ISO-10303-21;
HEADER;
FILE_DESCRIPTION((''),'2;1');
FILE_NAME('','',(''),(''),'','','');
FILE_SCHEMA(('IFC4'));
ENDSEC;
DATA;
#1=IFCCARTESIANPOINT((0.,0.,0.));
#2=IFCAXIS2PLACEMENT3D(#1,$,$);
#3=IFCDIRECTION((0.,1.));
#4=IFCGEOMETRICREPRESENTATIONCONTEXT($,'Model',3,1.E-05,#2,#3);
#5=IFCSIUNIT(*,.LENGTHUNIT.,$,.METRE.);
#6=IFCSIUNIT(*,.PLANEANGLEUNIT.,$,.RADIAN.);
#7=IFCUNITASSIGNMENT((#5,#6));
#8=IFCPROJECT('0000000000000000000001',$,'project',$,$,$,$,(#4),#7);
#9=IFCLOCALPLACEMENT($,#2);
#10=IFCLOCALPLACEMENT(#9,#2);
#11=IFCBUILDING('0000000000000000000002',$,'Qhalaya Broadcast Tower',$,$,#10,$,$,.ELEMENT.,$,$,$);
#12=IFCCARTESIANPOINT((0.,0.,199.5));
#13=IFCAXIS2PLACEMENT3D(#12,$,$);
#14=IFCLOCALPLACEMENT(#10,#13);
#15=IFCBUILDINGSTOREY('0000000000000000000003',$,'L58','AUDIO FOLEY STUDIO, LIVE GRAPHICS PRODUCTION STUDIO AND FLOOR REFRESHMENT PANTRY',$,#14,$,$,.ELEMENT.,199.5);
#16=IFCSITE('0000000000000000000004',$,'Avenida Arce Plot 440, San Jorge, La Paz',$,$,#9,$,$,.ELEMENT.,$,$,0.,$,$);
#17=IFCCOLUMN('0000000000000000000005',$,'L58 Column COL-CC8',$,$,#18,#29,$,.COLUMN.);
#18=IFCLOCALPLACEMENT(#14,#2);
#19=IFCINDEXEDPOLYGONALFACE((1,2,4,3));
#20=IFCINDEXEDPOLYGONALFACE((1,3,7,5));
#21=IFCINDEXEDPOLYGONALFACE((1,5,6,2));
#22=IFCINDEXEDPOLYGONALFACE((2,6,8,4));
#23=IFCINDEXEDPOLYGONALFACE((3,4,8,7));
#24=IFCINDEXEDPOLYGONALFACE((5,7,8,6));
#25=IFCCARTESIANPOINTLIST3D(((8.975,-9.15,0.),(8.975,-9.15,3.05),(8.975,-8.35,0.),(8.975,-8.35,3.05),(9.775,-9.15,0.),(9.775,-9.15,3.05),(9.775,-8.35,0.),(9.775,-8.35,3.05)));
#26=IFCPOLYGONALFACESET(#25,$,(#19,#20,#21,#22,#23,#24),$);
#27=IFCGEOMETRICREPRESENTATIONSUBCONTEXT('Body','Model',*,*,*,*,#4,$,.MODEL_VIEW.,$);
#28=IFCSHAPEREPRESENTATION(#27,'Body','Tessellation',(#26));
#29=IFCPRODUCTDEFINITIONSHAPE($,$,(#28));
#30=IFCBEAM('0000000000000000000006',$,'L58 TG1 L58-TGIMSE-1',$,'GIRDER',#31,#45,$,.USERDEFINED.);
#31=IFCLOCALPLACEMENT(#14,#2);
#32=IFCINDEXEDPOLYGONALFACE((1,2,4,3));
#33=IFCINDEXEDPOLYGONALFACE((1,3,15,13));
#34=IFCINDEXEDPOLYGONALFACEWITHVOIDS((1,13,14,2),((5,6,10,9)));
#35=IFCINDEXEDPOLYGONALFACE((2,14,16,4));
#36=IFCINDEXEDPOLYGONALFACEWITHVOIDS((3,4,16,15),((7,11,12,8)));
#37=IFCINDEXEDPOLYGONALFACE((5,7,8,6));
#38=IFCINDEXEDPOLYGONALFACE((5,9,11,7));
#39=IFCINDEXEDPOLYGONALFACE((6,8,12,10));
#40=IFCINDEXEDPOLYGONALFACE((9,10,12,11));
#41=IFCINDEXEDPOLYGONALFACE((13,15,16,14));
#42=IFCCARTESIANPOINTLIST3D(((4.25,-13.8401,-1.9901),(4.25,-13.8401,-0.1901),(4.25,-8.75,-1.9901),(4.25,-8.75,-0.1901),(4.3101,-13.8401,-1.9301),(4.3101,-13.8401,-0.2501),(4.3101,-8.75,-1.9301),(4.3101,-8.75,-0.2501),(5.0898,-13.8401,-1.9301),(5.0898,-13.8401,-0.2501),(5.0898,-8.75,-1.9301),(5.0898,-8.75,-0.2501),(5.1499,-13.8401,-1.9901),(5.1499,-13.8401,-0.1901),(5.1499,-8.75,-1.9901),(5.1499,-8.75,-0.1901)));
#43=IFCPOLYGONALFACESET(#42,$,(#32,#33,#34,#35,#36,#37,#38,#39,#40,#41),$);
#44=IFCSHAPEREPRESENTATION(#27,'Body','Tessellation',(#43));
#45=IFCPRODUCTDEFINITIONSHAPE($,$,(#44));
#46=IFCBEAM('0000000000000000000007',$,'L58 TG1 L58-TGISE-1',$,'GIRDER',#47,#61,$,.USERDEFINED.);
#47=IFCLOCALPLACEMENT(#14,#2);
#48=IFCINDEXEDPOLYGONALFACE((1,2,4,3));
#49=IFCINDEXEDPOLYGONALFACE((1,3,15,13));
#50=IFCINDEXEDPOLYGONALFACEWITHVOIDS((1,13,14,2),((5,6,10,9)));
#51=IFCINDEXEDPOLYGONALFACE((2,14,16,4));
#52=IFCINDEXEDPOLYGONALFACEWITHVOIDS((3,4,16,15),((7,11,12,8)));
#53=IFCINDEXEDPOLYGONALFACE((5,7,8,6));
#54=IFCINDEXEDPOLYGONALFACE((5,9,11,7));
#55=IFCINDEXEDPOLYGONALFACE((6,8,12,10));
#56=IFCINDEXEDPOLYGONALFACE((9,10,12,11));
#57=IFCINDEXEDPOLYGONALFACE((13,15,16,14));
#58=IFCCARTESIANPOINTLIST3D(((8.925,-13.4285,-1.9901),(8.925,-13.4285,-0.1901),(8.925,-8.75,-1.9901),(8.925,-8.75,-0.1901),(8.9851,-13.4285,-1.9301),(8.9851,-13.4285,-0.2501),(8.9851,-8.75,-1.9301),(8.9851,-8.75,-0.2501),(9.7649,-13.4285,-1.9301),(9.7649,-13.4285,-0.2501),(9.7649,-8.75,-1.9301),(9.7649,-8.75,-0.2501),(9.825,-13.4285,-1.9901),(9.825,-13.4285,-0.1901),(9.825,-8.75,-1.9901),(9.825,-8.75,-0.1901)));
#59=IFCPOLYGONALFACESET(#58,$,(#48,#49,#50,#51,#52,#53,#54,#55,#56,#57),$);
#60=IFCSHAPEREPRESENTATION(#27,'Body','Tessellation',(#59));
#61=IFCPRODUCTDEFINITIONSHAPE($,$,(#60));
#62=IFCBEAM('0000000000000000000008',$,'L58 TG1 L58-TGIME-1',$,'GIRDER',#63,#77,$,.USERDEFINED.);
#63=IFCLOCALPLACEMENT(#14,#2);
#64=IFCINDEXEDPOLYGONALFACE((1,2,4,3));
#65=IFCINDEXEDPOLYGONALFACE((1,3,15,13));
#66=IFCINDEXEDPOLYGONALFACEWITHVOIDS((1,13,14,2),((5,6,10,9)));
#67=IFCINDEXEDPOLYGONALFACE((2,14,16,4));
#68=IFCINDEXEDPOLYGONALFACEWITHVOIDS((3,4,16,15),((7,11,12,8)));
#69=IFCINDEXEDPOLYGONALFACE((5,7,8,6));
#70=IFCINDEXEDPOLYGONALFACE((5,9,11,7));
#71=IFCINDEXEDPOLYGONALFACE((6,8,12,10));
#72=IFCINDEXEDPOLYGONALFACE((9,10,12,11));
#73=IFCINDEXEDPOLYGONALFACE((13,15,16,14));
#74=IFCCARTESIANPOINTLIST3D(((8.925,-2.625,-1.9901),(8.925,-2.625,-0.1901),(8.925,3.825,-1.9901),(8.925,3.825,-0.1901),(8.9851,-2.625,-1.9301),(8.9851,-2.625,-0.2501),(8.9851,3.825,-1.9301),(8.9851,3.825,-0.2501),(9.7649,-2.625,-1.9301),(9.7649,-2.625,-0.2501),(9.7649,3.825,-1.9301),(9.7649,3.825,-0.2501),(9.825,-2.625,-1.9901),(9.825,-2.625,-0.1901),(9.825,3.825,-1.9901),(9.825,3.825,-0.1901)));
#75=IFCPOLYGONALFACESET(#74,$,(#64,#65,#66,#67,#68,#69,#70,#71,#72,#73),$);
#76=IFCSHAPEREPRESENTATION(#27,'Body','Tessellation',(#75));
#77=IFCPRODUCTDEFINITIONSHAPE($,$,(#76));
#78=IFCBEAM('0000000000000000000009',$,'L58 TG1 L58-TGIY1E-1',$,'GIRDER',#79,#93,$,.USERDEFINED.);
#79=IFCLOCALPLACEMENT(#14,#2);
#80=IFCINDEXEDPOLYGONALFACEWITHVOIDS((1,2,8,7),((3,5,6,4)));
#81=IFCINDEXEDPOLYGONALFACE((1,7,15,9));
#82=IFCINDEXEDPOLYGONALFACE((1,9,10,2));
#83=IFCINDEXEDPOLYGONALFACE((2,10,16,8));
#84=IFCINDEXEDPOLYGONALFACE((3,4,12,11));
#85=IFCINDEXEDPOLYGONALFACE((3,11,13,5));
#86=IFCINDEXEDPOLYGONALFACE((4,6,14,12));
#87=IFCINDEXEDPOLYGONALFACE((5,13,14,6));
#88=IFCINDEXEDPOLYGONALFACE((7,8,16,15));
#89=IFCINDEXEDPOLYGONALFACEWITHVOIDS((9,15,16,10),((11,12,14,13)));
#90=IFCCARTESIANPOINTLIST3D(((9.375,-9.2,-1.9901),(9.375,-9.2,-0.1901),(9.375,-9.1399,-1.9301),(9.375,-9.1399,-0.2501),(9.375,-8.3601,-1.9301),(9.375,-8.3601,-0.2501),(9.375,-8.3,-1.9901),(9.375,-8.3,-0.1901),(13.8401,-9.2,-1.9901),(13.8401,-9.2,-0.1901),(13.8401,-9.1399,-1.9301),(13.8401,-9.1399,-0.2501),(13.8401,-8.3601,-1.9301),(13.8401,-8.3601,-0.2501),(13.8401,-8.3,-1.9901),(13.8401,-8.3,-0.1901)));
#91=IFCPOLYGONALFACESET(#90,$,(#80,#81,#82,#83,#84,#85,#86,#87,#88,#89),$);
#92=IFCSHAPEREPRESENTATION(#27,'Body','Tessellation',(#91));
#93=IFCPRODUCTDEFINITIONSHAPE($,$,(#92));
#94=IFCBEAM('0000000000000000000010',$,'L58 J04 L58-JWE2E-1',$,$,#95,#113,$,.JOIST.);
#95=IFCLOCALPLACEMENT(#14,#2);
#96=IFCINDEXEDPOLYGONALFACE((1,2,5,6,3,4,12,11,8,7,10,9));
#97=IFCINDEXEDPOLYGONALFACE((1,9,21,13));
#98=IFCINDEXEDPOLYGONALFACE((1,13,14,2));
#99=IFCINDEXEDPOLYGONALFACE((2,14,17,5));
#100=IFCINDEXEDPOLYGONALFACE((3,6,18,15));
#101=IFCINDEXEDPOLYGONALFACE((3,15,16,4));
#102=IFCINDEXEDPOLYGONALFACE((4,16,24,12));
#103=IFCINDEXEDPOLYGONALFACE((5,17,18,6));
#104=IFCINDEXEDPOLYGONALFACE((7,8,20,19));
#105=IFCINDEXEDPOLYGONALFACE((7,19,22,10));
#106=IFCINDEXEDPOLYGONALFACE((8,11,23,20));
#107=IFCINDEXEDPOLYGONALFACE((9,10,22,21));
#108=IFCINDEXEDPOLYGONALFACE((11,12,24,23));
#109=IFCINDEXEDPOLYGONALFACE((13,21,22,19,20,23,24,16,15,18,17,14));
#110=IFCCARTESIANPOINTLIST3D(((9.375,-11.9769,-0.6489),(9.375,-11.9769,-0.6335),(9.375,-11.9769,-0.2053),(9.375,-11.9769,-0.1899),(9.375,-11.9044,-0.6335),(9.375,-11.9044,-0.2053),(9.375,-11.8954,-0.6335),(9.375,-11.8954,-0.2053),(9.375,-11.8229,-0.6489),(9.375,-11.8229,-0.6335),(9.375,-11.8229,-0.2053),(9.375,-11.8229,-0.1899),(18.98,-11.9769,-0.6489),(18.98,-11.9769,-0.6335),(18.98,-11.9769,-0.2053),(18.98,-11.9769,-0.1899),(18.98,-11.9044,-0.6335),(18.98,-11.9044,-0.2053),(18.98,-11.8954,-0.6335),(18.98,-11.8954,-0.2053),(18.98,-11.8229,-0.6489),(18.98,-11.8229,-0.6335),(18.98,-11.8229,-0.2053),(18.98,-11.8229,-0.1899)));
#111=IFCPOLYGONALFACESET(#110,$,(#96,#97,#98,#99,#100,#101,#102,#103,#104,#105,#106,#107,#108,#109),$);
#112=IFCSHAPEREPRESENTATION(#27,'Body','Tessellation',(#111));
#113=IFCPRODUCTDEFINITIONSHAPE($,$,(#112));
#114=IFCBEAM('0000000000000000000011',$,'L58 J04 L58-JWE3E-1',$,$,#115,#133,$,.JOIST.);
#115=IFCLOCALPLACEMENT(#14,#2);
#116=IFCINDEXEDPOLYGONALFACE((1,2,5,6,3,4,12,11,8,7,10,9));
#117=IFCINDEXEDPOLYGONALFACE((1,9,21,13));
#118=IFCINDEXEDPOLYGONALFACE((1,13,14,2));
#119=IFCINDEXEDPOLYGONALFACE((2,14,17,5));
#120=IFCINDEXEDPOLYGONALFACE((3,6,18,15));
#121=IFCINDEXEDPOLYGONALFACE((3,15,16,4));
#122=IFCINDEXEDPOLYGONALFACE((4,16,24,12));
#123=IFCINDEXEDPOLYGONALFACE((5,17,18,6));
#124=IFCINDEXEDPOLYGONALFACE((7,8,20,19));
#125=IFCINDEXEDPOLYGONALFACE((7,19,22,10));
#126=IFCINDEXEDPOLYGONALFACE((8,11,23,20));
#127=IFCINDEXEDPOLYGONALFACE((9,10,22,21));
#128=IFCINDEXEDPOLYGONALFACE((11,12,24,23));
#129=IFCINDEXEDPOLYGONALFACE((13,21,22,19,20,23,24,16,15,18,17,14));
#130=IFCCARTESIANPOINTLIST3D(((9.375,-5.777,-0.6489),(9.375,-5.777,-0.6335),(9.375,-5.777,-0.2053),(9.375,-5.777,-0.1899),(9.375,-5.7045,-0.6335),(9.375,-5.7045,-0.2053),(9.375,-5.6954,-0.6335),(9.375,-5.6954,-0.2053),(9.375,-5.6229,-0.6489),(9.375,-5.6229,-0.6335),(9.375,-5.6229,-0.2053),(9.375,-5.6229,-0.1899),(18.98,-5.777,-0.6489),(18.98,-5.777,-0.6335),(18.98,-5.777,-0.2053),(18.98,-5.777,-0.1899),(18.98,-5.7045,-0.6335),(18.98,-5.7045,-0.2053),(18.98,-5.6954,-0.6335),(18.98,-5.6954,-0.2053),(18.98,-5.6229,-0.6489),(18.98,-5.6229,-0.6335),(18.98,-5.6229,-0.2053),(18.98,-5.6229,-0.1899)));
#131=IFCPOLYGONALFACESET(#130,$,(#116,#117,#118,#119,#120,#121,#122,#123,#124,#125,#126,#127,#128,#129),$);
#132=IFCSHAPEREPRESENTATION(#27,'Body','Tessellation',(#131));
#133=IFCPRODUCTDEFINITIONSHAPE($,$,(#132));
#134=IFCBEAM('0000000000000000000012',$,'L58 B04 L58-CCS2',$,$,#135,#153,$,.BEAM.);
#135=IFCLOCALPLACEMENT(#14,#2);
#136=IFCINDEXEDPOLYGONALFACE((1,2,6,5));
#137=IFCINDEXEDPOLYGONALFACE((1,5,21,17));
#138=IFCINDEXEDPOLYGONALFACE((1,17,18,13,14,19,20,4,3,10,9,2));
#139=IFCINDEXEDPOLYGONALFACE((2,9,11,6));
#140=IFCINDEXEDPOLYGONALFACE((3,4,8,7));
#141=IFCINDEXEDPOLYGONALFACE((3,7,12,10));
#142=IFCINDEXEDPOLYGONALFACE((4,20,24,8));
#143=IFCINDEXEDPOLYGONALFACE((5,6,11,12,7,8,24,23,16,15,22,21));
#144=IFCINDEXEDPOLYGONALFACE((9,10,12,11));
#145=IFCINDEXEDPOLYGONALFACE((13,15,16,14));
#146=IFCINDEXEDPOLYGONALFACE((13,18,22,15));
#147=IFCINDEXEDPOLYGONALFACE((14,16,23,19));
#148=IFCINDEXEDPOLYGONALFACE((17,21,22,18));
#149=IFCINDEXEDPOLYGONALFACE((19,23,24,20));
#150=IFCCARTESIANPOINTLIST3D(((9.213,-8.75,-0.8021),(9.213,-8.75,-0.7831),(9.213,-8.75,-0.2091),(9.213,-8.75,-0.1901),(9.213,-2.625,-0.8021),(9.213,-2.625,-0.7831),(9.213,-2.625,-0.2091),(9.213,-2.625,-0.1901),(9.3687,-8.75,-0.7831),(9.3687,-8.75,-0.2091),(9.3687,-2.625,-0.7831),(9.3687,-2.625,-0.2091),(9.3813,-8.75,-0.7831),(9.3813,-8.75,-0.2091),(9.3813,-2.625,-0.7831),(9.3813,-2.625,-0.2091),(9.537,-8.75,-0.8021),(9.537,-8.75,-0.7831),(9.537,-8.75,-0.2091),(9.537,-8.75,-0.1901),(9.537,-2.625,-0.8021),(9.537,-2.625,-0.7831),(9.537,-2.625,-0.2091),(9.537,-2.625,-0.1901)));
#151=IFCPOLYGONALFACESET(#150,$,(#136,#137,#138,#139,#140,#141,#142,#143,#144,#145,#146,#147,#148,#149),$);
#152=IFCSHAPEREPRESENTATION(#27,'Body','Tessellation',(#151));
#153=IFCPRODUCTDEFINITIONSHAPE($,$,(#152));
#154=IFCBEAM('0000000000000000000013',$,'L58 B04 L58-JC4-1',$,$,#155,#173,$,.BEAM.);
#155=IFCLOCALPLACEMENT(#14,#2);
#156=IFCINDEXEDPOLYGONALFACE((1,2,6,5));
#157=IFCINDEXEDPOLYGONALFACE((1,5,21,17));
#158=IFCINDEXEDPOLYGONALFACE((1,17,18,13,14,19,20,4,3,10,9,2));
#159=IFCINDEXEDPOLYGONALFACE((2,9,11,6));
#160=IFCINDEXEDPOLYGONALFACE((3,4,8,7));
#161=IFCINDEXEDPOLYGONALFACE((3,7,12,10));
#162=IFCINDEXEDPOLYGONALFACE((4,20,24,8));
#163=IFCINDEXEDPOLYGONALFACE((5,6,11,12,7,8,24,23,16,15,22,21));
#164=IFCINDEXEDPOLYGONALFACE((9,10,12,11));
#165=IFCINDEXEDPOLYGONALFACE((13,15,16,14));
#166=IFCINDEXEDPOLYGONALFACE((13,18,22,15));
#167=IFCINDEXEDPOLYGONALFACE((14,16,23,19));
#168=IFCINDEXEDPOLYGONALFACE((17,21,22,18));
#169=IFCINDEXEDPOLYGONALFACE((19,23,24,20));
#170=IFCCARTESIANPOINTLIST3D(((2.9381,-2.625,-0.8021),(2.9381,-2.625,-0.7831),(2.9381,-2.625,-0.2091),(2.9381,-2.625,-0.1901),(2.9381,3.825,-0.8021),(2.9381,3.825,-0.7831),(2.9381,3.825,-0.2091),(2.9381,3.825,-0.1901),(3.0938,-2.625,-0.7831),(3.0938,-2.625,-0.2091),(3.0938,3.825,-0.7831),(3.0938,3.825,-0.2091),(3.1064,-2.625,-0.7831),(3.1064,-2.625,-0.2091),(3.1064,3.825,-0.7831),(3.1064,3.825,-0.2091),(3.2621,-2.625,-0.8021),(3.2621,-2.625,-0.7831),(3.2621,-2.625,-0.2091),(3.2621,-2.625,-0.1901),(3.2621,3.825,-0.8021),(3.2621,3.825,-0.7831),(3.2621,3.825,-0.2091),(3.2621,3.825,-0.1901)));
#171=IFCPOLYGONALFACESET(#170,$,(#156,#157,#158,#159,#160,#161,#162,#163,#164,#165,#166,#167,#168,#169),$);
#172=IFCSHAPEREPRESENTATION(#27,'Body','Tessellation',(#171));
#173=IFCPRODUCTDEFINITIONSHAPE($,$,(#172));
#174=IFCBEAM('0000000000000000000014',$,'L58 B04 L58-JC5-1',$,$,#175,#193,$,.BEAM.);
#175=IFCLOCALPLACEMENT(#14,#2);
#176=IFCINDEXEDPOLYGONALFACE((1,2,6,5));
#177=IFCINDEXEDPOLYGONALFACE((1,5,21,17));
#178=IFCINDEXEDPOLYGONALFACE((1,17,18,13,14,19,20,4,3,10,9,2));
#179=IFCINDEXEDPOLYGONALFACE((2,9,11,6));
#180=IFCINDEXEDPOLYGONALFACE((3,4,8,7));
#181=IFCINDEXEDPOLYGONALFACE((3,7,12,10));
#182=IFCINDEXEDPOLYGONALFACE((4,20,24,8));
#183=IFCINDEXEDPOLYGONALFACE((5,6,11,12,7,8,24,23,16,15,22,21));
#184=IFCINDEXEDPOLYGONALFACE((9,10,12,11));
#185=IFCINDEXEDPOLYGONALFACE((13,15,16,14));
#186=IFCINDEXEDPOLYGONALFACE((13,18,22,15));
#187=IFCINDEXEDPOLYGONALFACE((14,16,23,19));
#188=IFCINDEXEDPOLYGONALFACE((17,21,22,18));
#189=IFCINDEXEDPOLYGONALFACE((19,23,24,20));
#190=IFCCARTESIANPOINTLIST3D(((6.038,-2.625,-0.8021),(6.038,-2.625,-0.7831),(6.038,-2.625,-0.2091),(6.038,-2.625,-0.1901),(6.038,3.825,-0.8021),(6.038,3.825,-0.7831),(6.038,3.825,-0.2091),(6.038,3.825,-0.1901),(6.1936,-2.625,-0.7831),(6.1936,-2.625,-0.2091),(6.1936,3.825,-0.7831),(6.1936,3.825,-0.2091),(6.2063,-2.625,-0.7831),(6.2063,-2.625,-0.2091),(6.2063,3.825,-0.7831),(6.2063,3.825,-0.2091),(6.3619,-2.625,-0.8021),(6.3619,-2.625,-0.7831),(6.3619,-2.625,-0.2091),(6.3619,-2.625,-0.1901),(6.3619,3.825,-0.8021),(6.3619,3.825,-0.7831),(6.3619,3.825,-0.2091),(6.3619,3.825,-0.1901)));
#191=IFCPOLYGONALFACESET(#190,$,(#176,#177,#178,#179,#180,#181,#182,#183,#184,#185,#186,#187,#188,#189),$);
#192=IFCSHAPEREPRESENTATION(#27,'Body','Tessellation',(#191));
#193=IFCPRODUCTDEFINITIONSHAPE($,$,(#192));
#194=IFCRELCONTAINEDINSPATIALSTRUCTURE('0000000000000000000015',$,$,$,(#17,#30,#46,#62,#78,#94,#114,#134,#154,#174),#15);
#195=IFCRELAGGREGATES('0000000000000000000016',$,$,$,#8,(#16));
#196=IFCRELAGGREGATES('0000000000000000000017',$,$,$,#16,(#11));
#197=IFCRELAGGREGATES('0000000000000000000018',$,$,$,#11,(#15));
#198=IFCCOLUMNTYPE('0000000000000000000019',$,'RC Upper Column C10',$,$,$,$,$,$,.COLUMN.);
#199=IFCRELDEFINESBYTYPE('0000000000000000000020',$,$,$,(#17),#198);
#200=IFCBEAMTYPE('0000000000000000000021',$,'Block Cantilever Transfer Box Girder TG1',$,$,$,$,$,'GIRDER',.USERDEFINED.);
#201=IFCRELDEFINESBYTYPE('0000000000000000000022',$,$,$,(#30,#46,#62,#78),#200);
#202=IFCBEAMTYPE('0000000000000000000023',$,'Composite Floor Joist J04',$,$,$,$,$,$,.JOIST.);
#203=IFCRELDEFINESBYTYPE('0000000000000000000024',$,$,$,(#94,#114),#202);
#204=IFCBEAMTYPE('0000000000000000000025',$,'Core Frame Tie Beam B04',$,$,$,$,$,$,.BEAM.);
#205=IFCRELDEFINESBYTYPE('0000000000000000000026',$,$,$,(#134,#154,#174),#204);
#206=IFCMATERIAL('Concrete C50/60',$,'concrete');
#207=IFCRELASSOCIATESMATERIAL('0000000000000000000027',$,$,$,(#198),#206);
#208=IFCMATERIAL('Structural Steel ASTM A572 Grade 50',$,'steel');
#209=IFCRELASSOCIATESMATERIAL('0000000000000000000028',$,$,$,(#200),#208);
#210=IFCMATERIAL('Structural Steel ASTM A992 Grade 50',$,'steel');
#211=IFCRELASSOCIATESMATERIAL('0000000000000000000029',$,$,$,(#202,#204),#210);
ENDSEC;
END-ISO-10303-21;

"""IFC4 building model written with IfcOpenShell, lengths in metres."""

from ifc_helpers import new_model, si_unit, direction, frame, origin, origin_2d, place, context, subcontext, project, spatial, rectangle, hollow_rectangle, i_section, extrude, material, material_profile, profile_set, type_object, element, save


model = new_model("IFC4")

# Units and contexts
model_context = context("Model", 3, precision=1e-05, world=origin(), true_north=direction((0.0, 1.0)))
body_context = subcontext(model_context, "Body", "Model", "MODEL_VIEW")
ifc_project = project(units=[si_unit("LENGTHUNIT", "METRE"), si_unit("PLANEANGLEUNIT", "RADIAN")], contexts=[model_context])

# Site, building, storey
site_placement = place(None, origin())
site = spatial("IfcSite", under=ifc_project, at=site_placement, Name="Avenida Arce Plot 440, San Jorge, La Paz", CompositionType="ELEMENT", RefElevation=0.0)
building_placement = place(site_placement, origin())
building = spatial("IfcBuilding", under=site, at=building_placement, Name="Qhalaya Broadcast Tower", CompositionType="ELEMENT")
storey_placement = place(building_placement, frame((0.0, 0.0, 199.5)))
storey = spatial("IfcBuildingStorey", under=building, at=storey_placement, Name="L58", Description="AUDIO FOLEY STUDIO, LIVE GRAPHICS PRODUCTION STUDIO AND FLOOR REFRESHMENT PANTRY", CompositionType="ELEMENT", Elevation=199.5)

# Column
ifc_material_1 = material(Name="Concrete C50/60", Category="concrete")
ifc_material_profile_1 = material_profile(ifc_material_1, rectangle(XDim=0.8, YDim=0.8, at=origin_2d()), Name="RC-COL 800x800")
ifc_profile_set_1 = profile_set([ifc_material_profile_1], Name="Concrete C50/60")
column_type = type_object("IfcColumnType", Name="RC Upper Column C10", PredefinedType="COLUMN", material=ifc_profile_set_1)
column_placement = place(storey_placement, frame((9.375, -8.75, 0.0), z_axis=(0.0, 0.0, 1.0), x_axis=(1.0, 0.0, 0.0)))
element("IfcColumn", 1, at=column_placement, inside=storey, type_object=column_type, Name="L58 Column COL-CC8", PredefinedType="COLUMN", context=body_context, shape_type="SweptSolid", body=[
    extrude(rectangle(XDim=0.8, YDim=0.8, at=origin_2d()), origin(), (0.0, 0.0, 1.0), 3.05),
])

# Beams
ifc_material_2 = material(Name="Structural Steel ASTM A572 Grade 50", Category="steel")
ifc_material_profile_2 = material_profile(ifc_material_2, hollow_rectangle(XDim=0.8999, YDim=1.8, WallThickness=0.0601, at=origin_2d()), Name="BOX 900x1800x60")
ifc_profile_set_2 = profile_set([ifc_material_profile_2], Name="Structural Steel ASTM A572 Grade 50")
beam_type_1 = type_object("IfcBeamType", Name="Block Cantilever Transfer Box Girder TG1", ElementType="GIRDER", PredefinedType="USERDEFINED", material=ifc_profile_set_2)
beam_1_placement = place(storey_placement, frame((4.7, -13.8401, -1.0901), z_axis=(0.0, 1.0, 0.0), x_axis=(-1.0, 0.0, 0.0)))
element("IfcBeam", 2, at=beam_1_placement, inside=storey, type_object=beam_type_1, Name="L58 TG1 L58-TGIMSE-1", ObjectType="GIRDER", PredefinedType="USERDEFINED", context=body_context, shape_type="SweptSolid", body=[
    extrude(hollow_rectangle(XDim=0.8999, YDim=1.8, WallThickness=0.0601, at=origin_2d()), origin(), (0.0, 0.0, 1.0), 5.0901),
])
beam_2_placement = place(storey_placement, frame((9.375, -13.4285, -1.0901), z_axis=(0.0, 1.0, 0.0), x_axis=(-1.0, 0.0, 0.0)))
element("IfcBeam", 3, at=beam_2_placement, inside=storey, type_object=beam_type_1, Name="L58 TG1 L58-TGISE-1", ObjectType="GIRDER", PredefinedType="USERDEFINED", context=body_context, shape_type="SweptSolid", body=[
    extrude(hollow_rectangle(XDim=0.8999, YDim=1.8, WallThickness=0.0601, at=origin_2d()), origin(), (0.0, 0.0, 1.0), 4.6785),
])
beam_3_placement = place(storey_placement, frame((9.375, -2.625, -1.0901), z_axis=(0.0, 1.0, 0.0), x_axis=(-1.0, 0.0, 0.0)))
element("IfcBeam", 4, at=beam_3_placement, inside=storey, type_object=beam_type_1, Name="L58 TG1 L58-TGIME-1", ObjectType="GIRDER", PredefinedType="USERDEFINED", context=body_context, shape_type="SweptSolid", body=[
    extrude(hollow_rectangle(XDim=0.8999, YDim=1.8, WallThickness=0.0601, at=origin_2d()), origin(), (0.0, 0.0, 1.0), 6.45),
])
beam_4_placement = place(storey_placement, frame((9.375, -8.75, -1.0901), z_axis=(1.0, 0.0, 0.0), x_axis=(0.0, 1.0, 0.0)))
element("IfcBeam", 5, at=beam_4_placement, inside=storey, type_object=beam_type_1, Name="L58 TG1 L58-TGIY1E-1", ObjectType="GIRDER", PredefinedType="USERDEFINED", context=body_context, shape_type="SweptSolid", body=[
    extrude(hollow_rectangle(XDim=0.8999, YDim=1.8, WallThickness=0.0601, at=origin_2d()), origin(), (0.0, 0.0, 1.0), 4.4651),
])
ifc_material_3 = material(Name="Structural Steel ASTM A992 Grade 50", Category="steel")
ifc_material_profile_3 = material_profile(ifc_material_3, i_section(OverallWidth=0.1541, OverallDepth=0.459, WebThickness=0.009, FlangeThickness=0.0154, at=origin_2d()), Name="W18X46")
ifc_profile_set_3 = profile_set([ifc_material_profile_3], Name="Structural Steel ASTM A992 Grade 50")
beam_type_2 = type_object("IfcBeamType", Name="Composite Floor Joist J04", PredefinedType="JOIST", material=ifc_profile_set_3)
for number, where, z_axis, x_axis, name in (
    (6, (9.375, -11.8999, -0.4194), (1.0, 0.0, 0.0), (0.0, 1.0, 0.0), "L58 J04 L58-JWE2E-1"),
    (7, (9.375, -5.7, -0.4194), (1.0, 0.0, 0.0), (0.0, 1.0, 0.0), "L58 J04 L58-JWE3E-1"),
):
    element("IfcBeam", number, at=place(storey_placement, frame(where, z_axis=z_axis, x_axis=x_axis)), inside=storey, type_object=beam_type_2, Name=name, PredefinedType="JOIST", context=body_context, shape_type="SweptSolid", body=[
        extrude(i_section(OverallWidth=0.1541, OverallDepth=0.459, WebThickness=0.009, FlangeThickness=0.0154, at=origin_2d()), origin(), (0.0, 0.0, 1.0), 9.605),
    ])
ifc_material_profile_4 = material_profile(ifc_material_3, i_section(OverallWidth=0.324, OverallDepth=0.6121, WebThickness=0.0127, FlangeThickness=0.019, at=origin_2d()), Name="W24X104")
ifc_profile_set_4 = profile_set([ifc_material_profile_4], Name="Structural Steel ASTM A992 Grade 50")
beam_type_3 = type_object("IfcBeamType", Name="Core Frame Tie Beam B04", PredefinedType="BEAM", material=ifc_profile_set_4)
beam_5_placement = place(storey_placement, frame((9.375, -8.75, -0.4961), z_axis=(0.0, 1.0, 0.0), x_axis=(-1.0, 0.0, 0.0)))
element("IfcBeam", 8, at=beam_5_placement, inside=storey, type_object=beam_type_3, Name="L58 B04 L58-CCS2", PredefinedType="BEAM", context=body_context, shape_type="SweptSolid", body=[
    extrude(i_section(OverallWidth=0.324, OverallDepth=0.6121, WebThickness=0.0127, FlangeThickness=0.019, at=origin_2d()), origin(), (0.0, 0.0, 1.0), 6.125),
])
for number, where, z_axis, x_axis, name in (
    (9, (3.1001, -2.625, -0.4961), (0.0, 1.0, 0.0), (-1.0, 0.0, 0.0), "L58 B04 L58-JC4-1"),
    (10, (6.2, -2.625, -0.4961), (0.0, 1.0, 0.0), (-1.0, 0.0, 0.0), "L58 B04 L58-JC5-1"),
):
    element("IfcBeam", number, at=place(storey_placement, frame(where, z_axis=z_axis, x_axis=x_axis)), inside=storey, type_object=beam_type_3, Name=name, PredefinedType="BEAM", context=body_context, shape_type="SweptSolid", body=[
        extrude(i_section(OverallWidth=0.324, OverallDepth=0.6121, WebThickness=0.0127, FlangeThickness=0.019, at=origin_2d()), origin(), (0.0, 0.0, 1.0), 6.45),
    ])

save(model, "model.ifc")
